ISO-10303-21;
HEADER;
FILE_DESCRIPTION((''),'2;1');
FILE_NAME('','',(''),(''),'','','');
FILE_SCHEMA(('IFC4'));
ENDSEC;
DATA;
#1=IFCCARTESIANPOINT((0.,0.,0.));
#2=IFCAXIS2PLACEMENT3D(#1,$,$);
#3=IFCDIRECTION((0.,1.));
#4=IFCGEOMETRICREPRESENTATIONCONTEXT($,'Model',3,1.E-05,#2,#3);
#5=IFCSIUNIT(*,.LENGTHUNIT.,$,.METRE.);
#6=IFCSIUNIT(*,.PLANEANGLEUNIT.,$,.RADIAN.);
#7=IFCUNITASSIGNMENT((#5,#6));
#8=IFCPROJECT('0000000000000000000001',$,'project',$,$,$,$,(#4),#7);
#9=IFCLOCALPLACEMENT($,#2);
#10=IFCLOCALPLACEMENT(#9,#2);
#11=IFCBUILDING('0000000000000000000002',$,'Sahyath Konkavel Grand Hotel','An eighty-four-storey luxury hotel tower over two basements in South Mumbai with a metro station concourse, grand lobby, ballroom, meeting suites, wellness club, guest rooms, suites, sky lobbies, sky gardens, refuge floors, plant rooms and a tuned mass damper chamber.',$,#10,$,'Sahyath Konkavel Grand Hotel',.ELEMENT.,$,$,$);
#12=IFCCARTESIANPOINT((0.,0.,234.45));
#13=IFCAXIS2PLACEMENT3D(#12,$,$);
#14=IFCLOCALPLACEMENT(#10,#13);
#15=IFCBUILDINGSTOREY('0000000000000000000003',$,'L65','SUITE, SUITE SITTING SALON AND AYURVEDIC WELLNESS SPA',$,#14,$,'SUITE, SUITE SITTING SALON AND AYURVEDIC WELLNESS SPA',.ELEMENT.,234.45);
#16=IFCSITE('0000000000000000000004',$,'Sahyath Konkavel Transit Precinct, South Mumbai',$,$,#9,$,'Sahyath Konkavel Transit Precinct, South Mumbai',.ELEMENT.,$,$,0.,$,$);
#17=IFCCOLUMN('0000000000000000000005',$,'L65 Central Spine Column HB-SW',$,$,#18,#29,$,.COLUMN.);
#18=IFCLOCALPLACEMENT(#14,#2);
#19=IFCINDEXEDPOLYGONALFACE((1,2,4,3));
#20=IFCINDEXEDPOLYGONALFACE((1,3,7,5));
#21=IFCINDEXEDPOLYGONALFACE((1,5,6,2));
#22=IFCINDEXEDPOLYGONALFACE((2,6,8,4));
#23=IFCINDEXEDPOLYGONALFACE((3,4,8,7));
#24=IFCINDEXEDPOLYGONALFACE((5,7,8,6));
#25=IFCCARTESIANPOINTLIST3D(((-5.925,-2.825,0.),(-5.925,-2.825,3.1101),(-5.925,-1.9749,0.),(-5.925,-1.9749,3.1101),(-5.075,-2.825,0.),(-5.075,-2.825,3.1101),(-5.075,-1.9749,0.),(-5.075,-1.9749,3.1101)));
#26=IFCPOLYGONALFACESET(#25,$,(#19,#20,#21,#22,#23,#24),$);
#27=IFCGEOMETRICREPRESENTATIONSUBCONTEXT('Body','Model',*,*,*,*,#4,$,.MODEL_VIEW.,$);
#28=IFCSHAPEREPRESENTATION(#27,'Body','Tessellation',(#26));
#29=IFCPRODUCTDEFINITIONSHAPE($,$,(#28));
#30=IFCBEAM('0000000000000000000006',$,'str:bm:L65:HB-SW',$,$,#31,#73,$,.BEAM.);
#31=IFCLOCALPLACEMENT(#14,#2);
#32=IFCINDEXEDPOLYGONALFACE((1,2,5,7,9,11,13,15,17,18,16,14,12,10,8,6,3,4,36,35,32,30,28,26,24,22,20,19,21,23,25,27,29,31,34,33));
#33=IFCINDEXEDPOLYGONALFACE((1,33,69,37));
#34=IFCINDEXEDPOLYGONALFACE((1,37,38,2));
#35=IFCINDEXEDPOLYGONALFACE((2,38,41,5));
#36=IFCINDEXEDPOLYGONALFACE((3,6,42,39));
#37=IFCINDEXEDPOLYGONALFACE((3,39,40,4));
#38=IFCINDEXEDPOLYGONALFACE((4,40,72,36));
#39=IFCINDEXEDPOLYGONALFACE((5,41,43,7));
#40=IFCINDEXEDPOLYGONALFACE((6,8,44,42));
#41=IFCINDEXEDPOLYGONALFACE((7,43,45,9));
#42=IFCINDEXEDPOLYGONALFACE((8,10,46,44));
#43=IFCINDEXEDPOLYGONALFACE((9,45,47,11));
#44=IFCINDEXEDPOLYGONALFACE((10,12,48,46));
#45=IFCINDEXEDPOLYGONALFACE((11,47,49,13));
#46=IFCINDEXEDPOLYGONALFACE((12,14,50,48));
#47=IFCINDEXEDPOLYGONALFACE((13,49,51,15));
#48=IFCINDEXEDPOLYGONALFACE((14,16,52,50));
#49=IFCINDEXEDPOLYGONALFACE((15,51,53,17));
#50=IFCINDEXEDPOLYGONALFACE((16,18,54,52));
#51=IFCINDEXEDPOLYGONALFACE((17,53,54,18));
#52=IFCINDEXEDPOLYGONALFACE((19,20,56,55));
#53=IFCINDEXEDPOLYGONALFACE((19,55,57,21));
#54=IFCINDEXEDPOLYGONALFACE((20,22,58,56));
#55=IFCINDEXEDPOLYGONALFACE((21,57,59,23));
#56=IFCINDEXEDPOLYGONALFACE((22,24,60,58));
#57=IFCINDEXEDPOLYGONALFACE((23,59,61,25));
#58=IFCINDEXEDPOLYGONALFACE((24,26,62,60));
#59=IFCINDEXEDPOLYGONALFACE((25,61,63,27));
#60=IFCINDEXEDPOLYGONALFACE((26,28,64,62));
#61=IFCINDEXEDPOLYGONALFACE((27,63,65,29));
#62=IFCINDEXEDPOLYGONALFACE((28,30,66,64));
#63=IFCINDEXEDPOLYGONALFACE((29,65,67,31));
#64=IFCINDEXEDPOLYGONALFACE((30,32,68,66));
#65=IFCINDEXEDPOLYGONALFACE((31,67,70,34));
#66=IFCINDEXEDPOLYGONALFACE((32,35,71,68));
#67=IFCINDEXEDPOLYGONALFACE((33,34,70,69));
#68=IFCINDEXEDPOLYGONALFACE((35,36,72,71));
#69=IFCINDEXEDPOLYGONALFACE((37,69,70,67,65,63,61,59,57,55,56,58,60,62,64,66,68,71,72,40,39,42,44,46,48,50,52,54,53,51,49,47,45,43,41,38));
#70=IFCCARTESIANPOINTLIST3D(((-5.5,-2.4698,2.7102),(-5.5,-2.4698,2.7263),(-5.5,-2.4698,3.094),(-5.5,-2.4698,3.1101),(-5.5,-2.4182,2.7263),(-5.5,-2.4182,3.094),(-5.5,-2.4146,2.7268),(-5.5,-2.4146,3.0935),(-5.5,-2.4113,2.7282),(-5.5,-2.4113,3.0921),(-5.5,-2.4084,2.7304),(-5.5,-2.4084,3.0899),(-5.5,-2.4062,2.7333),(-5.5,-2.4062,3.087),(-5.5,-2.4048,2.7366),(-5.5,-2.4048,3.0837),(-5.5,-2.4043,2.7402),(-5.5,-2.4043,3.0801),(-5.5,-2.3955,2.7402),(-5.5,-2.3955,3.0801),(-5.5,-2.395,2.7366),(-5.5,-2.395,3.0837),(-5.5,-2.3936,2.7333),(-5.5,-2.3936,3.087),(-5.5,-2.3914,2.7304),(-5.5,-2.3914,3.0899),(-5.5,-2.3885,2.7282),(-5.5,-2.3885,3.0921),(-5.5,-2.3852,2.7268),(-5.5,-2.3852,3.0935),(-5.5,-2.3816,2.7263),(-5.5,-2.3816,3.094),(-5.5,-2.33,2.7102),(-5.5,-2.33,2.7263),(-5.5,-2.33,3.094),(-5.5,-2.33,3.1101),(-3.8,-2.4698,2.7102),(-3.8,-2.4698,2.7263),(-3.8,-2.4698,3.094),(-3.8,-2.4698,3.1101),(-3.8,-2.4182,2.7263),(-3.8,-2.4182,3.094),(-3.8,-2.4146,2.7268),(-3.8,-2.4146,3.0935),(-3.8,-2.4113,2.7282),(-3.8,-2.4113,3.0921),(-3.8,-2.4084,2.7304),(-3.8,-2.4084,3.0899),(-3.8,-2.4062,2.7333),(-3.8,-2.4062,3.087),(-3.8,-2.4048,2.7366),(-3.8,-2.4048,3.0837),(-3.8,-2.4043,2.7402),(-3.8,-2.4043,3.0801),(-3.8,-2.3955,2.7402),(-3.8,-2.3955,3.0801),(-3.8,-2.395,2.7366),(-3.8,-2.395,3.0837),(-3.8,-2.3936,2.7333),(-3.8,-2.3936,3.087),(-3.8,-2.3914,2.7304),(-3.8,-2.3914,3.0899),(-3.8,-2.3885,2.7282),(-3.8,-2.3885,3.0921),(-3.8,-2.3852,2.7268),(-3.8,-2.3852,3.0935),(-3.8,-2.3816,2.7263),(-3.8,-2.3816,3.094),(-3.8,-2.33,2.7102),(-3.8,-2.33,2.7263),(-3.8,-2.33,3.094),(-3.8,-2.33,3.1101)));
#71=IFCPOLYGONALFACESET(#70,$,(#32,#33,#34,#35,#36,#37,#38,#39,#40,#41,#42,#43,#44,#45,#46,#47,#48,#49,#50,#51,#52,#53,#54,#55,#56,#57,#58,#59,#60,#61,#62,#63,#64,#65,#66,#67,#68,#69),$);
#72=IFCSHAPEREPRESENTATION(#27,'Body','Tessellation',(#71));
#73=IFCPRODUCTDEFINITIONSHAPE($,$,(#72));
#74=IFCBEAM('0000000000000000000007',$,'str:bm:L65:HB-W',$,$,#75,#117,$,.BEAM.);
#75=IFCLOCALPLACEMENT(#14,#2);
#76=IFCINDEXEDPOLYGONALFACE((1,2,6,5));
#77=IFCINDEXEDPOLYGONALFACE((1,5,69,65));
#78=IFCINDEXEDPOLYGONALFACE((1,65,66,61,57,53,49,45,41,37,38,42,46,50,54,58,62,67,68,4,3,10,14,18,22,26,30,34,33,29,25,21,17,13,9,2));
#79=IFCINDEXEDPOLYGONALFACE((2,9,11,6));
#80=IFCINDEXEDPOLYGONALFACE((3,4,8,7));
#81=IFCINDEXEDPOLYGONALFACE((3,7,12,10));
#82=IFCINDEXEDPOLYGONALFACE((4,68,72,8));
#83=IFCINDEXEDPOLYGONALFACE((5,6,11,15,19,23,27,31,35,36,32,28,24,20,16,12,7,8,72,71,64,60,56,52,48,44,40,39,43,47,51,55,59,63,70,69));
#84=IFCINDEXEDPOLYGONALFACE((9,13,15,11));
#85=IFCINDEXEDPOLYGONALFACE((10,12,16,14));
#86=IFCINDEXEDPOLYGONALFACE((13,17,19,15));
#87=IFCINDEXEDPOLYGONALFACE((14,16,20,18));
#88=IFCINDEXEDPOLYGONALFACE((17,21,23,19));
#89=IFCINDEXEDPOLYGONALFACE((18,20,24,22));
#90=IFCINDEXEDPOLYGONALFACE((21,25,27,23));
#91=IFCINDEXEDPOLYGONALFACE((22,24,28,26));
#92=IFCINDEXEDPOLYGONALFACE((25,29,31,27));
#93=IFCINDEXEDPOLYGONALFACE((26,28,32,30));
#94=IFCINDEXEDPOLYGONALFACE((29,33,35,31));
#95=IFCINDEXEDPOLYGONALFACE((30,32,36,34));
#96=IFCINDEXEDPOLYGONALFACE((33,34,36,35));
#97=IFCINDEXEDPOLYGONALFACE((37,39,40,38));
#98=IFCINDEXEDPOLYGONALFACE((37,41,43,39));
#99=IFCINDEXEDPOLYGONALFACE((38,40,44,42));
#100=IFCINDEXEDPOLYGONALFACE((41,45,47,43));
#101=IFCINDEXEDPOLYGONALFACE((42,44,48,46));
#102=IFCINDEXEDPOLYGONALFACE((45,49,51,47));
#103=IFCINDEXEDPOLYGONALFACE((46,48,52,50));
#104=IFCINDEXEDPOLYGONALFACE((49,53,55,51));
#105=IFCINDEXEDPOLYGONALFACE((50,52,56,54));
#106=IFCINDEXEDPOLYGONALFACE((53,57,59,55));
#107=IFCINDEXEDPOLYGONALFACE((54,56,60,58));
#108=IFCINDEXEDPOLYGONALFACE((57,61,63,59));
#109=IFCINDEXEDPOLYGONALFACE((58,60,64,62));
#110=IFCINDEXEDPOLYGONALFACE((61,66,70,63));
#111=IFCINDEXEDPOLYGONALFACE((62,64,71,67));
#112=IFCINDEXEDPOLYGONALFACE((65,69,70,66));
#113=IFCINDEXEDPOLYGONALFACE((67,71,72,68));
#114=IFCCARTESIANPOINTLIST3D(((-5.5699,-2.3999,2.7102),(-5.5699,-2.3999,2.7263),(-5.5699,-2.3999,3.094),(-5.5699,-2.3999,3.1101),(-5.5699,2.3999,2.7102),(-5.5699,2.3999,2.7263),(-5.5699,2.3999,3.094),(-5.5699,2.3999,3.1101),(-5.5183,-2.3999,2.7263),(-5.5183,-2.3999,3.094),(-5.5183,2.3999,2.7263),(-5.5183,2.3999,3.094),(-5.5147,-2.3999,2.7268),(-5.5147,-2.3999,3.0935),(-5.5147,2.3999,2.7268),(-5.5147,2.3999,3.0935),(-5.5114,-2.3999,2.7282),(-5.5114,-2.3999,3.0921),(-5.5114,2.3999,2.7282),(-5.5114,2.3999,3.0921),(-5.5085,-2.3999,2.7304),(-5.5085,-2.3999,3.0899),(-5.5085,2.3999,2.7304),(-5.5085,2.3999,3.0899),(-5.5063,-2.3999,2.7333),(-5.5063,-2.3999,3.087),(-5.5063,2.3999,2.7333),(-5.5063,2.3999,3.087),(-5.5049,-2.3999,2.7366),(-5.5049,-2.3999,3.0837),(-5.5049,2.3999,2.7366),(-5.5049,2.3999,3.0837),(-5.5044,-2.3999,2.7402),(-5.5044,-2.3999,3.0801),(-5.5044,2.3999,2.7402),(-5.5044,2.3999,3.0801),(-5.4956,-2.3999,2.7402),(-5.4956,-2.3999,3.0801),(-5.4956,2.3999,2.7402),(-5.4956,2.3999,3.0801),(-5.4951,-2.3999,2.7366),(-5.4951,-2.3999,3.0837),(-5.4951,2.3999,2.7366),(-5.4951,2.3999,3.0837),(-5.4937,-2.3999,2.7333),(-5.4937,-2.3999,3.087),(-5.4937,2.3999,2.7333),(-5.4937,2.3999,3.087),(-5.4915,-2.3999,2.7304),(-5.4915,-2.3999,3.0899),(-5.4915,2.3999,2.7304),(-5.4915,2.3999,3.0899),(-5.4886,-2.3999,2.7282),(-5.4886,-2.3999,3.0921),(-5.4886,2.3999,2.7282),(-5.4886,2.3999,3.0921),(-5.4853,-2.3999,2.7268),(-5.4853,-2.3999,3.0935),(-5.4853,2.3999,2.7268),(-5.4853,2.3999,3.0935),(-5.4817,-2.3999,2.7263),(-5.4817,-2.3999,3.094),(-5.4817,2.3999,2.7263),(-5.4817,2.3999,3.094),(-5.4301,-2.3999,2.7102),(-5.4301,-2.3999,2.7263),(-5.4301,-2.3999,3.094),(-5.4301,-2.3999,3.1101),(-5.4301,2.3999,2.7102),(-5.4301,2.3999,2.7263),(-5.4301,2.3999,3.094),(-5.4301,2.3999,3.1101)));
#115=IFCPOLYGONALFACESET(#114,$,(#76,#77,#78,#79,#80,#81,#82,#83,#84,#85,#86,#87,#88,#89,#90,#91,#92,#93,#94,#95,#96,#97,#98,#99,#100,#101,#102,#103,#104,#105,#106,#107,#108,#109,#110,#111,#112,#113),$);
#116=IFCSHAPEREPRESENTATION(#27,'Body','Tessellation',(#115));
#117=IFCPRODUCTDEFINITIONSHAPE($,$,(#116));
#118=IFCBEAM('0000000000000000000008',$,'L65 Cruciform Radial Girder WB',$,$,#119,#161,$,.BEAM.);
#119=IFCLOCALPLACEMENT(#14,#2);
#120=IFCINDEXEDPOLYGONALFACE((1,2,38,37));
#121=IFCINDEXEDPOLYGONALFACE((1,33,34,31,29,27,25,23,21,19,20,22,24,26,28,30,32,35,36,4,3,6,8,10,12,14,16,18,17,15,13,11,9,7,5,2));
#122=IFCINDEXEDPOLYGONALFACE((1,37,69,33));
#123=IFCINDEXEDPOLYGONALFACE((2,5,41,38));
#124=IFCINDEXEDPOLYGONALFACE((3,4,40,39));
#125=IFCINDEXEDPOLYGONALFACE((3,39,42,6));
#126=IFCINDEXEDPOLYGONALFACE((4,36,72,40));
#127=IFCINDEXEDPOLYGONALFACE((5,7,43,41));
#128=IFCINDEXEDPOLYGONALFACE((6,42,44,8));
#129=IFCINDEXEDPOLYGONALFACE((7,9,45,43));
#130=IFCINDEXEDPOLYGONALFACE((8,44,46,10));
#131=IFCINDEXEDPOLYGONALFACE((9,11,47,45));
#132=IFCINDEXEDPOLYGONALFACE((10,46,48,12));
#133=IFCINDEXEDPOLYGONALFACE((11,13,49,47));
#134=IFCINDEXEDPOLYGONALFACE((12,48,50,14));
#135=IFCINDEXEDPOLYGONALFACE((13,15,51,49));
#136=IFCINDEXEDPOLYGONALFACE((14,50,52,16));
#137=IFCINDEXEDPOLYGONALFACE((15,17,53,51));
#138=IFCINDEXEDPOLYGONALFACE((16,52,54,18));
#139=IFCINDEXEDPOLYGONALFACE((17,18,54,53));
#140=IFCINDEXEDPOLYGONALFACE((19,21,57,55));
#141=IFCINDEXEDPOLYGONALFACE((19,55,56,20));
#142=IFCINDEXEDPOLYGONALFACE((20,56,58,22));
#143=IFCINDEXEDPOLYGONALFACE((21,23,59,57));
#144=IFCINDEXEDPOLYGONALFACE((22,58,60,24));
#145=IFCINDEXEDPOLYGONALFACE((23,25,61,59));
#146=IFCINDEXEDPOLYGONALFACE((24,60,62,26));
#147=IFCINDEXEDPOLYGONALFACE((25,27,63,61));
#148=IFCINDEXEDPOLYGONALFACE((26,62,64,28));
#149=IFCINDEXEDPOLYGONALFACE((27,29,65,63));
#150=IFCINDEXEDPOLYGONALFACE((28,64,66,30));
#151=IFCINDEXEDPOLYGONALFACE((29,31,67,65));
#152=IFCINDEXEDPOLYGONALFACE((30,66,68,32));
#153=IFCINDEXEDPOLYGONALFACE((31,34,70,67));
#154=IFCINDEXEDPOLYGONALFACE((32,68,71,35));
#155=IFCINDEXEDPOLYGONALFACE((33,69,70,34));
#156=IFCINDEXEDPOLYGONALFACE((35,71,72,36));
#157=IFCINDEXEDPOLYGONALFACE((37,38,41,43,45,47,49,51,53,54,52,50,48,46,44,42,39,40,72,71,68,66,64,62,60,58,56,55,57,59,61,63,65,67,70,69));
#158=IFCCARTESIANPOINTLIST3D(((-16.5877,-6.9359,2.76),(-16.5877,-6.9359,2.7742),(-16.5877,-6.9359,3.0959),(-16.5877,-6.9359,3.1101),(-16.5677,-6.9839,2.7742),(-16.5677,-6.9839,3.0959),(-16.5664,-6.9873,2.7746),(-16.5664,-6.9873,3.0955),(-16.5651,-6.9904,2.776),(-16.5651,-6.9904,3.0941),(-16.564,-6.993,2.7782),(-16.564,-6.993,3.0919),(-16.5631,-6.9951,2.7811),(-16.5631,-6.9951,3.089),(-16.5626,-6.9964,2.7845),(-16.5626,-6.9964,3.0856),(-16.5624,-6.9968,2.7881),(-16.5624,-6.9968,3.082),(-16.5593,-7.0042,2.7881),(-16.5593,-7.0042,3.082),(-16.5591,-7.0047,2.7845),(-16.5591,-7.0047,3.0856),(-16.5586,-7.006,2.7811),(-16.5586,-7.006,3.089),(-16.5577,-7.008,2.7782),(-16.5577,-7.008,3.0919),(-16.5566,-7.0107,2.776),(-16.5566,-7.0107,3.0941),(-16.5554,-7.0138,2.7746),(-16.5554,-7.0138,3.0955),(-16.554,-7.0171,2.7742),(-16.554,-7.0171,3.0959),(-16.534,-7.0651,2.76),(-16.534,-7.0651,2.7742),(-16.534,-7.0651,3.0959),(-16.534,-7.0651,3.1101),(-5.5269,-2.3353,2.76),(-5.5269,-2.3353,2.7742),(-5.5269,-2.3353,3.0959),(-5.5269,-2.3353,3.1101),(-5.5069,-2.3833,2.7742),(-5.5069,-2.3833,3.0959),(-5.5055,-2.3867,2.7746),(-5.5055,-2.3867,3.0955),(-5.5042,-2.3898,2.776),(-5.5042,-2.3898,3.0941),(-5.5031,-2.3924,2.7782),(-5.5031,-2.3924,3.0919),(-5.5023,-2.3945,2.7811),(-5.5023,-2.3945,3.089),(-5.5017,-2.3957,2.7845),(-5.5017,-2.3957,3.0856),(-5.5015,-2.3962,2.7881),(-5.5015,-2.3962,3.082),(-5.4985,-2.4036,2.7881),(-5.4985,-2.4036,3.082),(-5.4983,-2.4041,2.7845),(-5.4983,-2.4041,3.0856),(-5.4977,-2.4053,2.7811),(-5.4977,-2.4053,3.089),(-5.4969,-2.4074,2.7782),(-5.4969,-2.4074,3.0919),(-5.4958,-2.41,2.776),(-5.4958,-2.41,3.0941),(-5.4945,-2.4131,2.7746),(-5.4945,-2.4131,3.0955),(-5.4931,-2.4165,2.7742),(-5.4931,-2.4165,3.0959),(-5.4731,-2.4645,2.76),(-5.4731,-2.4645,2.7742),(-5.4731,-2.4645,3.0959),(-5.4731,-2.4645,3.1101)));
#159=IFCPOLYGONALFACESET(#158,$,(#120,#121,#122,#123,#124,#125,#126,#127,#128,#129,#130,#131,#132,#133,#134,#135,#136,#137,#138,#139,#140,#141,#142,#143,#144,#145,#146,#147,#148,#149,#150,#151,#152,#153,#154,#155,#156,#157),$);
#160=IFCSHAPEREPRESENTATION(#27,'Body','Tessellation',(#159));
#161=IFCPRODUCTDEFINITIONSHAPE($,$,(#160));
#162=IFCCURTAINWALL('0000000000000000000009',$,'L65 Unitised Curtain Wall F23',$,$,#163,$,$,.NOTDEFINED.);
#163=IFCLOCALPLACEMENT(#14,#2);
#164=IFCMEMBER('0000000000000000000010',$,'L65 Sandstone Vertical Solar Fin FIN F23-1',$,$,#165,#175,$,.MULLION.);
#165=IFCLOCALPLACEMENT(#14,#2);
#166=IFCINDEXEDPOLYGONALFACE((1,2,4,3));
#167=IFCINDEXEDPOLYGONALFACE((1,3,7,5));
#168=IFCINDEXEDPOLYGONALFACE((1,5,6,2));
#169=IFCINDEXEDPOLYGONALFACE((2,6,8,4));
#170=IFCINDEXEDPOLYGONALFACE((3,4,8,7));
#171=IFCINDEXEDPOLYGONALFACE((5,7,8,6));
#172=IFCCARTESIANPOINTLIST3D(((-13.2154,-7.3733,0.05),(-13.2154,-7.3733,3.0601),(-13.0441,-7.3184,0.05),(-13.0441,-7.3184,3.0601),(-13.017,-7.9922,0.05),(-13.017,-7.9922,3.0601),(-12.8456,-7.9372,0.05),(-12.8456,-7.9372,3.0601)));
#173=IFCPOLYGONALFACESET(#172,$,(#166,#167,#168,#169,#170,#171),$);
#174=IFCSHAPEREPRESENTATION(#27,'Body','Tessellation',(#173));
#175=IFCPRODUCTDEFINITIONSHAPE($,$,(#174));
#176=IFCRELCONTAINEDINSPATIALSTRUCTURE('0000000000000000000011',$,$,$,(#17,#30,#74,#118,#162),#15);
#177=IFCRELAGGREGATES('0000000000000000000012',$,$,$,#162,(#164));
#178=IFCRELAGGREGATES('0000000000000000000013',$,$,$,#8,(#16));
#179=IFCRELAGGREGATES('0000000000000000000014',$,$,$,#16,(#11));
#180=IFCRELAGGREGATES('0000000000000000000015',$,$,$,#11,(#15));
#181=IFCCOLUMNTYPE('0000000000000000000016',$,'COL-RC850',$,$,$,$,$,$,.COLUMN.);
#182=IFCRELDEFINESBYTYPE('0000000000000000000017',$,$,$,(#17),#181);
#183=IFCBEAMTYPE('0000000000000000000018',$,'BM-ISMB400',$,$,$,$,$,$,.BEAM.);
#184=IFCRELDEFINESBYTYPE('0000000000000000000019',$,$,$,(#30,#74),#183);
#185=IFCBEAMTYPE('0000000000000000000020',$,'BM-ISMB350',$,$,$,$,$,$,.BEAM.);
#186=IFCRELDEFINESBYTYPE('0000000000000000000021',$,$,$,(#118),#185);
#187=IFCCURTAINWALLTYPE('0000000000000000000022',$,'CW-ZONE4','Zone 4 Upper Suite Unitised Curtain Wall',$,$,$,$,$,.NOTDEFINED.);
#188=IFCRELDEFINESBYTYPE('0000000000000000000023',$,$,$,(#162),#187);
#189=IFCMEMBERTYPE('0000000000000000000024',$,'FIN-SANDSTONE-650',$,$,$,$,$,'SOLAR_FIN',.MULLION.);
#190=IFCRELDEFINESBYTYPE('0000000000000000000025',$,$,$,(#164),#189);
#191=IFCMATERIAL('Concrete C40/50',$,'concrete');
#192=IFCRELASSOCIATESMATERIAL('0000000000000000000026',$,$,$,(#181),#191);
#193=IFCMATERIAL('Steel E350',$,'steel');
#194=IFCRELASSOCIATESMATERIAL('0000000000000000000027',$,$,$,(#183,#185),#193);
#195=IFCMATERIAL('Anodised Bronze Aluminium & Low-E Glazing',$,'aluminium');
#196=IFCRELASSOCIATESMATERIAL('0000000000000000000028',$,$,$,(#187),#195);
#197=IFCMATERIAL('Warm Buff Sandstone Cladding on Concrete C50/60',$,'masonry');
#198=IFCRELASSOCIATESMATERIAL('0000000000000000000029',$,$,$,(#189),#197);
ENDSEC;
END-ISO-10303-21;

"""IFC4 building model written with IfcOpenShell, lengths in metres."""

from ifc_helpers import new_model, si_unit, direction, frame, origin, origin_2d, place, context, subcontext, project, spatial, rectangle, i_section, extrude, source, transform, mapped, material, material_profile, profile_set, type_object, element, aggregate, save


model = new_model("IFC4")

# Units and contexts
model_context = context("Model", 3, precision=1e-05, world=origin(), true_north=direction((0.0, 1.0)))
body_context = subcontext(model_context, "Body", "Model", "MODEL_VIEW")
ifc_project = project(units=[si_unit("LENGTHUNIT", "METRE"), si_unit("PLANEANGLEUNIT", "RADIAN")], contexts=[model_context])

# Site, building, storey
site_placement = place(None, origin())
site = spatial("IfcSite", under=ifc_project, at=site_placement, Name="Sahyath Konkavel Transit Precinct, South Mumbai", LongName="Sahyath Konkavel Transit Precinct, South Mumbai", CompositionType="ELEMENT", RefElevation=0.0)
building_placement = place(site_placement, origin())
building = spatial("IfcBuilding", under=site, at=building_placement, Name="Sahyath Konkavel Grand Hotel", Description="An eighty-four-storey luxury hotel tower over two basements in South Mumbai with a metro station concourse, grand lobby, ballroom, meeting suites, wellness club, guest rooms, suites, sky lobbies, sky gardens, refuge floors, plant rooms and a tuned mass damper chamber.", LongName="Sahyath Konkavel Grand Hotel", CompositionType="ELEMENT")
storey_placement = place(building_placement, frame((0.0, 0.0, 234.45)))
storey = spatial("IfcBuildingStorey", under=building, at=storey_placement, Name="L65", Description="SUITE, SUITE SITTING SALON AND AYURVEDIC WELLNESS SPA", LongName="SUITE, SUITE SITTING SALON AND AYURVEDIC WELLNESS SPA", CompositionType="ELEMENT", Elevation=234.45)

# Column
ifc_material_1 = material(Name="Concrete C40/50", Category="concrete")
ifc_material_profile_1 = material_profile(ifc_material_1, rectangle(XDim=0.8501, YDim=0.8501, at=origin_2d()), Name="RC 850x850")
ifc_profile_set_1 = profile_set([ifc_material_profile_1], Name="Concrete C40/50")
column_type = type_object("IfcColumnType", Name="COL-RC850", PredefinedType="COLUMN", material=ifc_profile_set_1)
shared_shape_1 = source(origin(), body_context, "Body", "SweptSolid", [
    extrude(rectangle(XDim=0.8501, YDim=0.8501, at=origin_2d()), origin(), (0.0, 0.0, 1.0), 3.1101),
])
column_placement = place(storey_placement, frame((-5.5, -2.3999, 0.0), z_axis=(0.0, 0.0, 1.0), x_axis=(1.0, 0.0, 0.0)))
element("IfcColumn", 1, at=column_placement, inside=storey, type_object=column_type, Name="L65 Central Spine Column HB-SW", PredefinedType="COLUMN", context=body_context, shape_type="MappedRepresentation", body=[
    mapped(shared_shape_1, transform((0.0, 0.0, 0.0), scale=1.0)),
])

# Beams
ifc_material_2 = material(Name="Steel E350", Category="steel")
ifc_material_profile_2 = material_profile(ifc_material_2, i_section(OverallWidth=0.1399, OverallDepth=0.3999, WebThickness=0.0088, FlangeThickness=0.0161, FilletRadius=0.0139, at=origin_2d()), Name="ISMB 400")
ifc_profile_set_2 = profile_set([ifc_material_profile_2], Name="Steel E350")
beam_type_1 = type_object("IfcBeamType", Name="BM-ISMB400", PredefinedType="BEAM", material=ifc_profile_set_2)
shared_shape_2 = source(origin(), body_context, "Body", "SweptSolid", [
    extrude(i_section(OverallWidth=0.1399, OverallDepth=0.3999, WebThickness=0.0088, FlangeThickness=0.0161, FilletRadius=0.0139, at=origin_2d()), origin(), (0.0, 0.0, 1.0), 1.7),
])
beam_1_placement = place(storey_placement, frame((-5.5, -2.3999, 2.9102), z_axis=(1.0, 0.0, 0.0), x_axis=(0.0, 1.0, 0.0)))
element("IfcBeam", 2, at=beam_1_placement, inside=storey, type_object=beam_type_1, Name="str:bm:L65:HB-SW", PredefinedType="BEAM", context=body_context, shape_type="MappedRepresentation", body=[
    mapped(shared_shape_2, transform((0.0, 0.0, 0.0), scale=1.0)),
])
shared_shape_3 = source(origin(), body_context, "Body", "SweptSolid", [
    extrude(i_section(OverallWidth=0.1399, OverallDepth=0.3999, WebThickness=0.0088, FlangeThickness=0.0161, FilletRadius=0.0139, at=origin_2d()), origin(), (0.0, 0.0, 1.0), 4.7998),
])
beam_2_placement = place(storey_placement, frame((-5.5, -2.3999, 2.9102), z_axis=(0.0, 1.0, 0.0), x_axis=(-1.0, 0.0, 0.0)))
element("IfcBeam", 3, at=beam_2_placement, inside=storey, type_object=beam_type_1, Name="str:bm:L65:HB-W", PredefinedType="BEAM", context=body_context, shape_type="MappedRepresentation", body=[
    mapped(shared_shape_3, transform((0.0, 0.0, 0.0), scale=1.0)),
])
ifc_material_profile_3 = material_profile(ifc_material_2, i_section(OverallWidth=0.1399, OverallDepth=0.3501, WebThickness=0.0081, FlangeThickness=0.0142, FilletRadius=0.0139, at=origin_2d()), Name="ISMB 350")
ifc_profile_set_3 = profile_set([ifc_material_profile_3], Name="Steel E350")
beam_type_2 = type_object("IfcBeamType", Name="BM-ISMB350", PredefinedType="BEAM", material=ifc_profile_set_3)
shared_shape_4 = source(origin(), body_context, "Body", "SweptSolid", [
    extrude(i_section(OverallWidth=0.1399, OverallDepth=0.3501, WebThickness=0.0081, FlangeThickness=0.0142, FilletRadius=0.0139, at=origin_2d()), origin(), (0.0, 0.0, 1.0), 11.9795),
])
beam_3_placement = place(storey_placement, frame((-5.5, -2.3999, 2.9351), z_axis=(-0.923316, -0.384041, 0.0), x_axis=(0.384041, -0.923316, 0.0)))
element("IfcBeam", 4, at=beam_3_placement, inside=storey, type_object=beam_type_2, Name="L65 Cruciform Radial Girder WB", PredefinedType="BEAM", context=body_context, shape_type="MappedRepresentation", body=[
    mapped(shared_shape_4, transform((0.0, 0.0, 0.0), scale=1.0)),
])

# Curtain wall, member
ifc_material_3 = material(Name="Anodised Bronze Aluminium & Low-E Glazing", Category="aluminium")
curtain_wall_type = type_object("IfcCurtainWallType", Name="CW-ZONE4", Description="Zone 4 Upper Suite Unitised Curtain Wall", PredefinedType="NOTDEFINED", material=ifc_material_3)
curtain_wall_placement = place(storey_placement, origin())
curtain_wall = element("IfcCurtainWall", 5, at=curtain_wall_placement, inside=storey, type_object=curtain_wall_type, Name="L65 Unitised Curtain Wall F23", PredefinedType="NOTDEFINED")
ifc_material_4 = material(Name="Warm Buff Sandstone Cladding on Concrete C50/60", Category="masonry")
ifc_material_profile_4 = material_profile(ifc_material_4, rectangle(XDim=0.1799, YDim=0.6499, at=origin_2d()), Name="FIN 180x650")
ifc_profile_set_4 = profile_set([ifc_material_profile_4], Name="Warm Buff Sandstone Cladding on Concrete C50/60")
member_type_1 = type_object("IfcMemberType", Name="FIN-SANDSTONE-650", ElementType="SOLAR_FIN", PredefinedType="MULLION", material=ifc_profile_set_4)
shared_shape_5 = source(origin(), body_context, "Body", "SweptSolid", [
    extrude(rectangle(XDim=0.1799, YDim=0.6499, at=origin_2d()), origin(), (0.0, 0.0, 1.0), 3.01),
])
member_1_placement = place(storey_placement, frame((-13.0305, -7.6553, 0.05), z_axis=(0.0, 0.0, 1.0), x_axis=(0.952236, 0.305363, 0.0)))
member_1 = element("IfcMember", 6, at=member_1_placement, type_object=member_type_1, Name="L65 Sandstone Vertical Solar Fin FIN F23-1", PredefinedType="MULLION", context=body_context, shape_type="MappedRepresentation", body=[
    mapped(shared_shape_5, transform((0.0, 0.0, 0.0), scale=1.0)),
])

aggregate(curtain_wall, [member_1])

save(model, "model.ifc")
